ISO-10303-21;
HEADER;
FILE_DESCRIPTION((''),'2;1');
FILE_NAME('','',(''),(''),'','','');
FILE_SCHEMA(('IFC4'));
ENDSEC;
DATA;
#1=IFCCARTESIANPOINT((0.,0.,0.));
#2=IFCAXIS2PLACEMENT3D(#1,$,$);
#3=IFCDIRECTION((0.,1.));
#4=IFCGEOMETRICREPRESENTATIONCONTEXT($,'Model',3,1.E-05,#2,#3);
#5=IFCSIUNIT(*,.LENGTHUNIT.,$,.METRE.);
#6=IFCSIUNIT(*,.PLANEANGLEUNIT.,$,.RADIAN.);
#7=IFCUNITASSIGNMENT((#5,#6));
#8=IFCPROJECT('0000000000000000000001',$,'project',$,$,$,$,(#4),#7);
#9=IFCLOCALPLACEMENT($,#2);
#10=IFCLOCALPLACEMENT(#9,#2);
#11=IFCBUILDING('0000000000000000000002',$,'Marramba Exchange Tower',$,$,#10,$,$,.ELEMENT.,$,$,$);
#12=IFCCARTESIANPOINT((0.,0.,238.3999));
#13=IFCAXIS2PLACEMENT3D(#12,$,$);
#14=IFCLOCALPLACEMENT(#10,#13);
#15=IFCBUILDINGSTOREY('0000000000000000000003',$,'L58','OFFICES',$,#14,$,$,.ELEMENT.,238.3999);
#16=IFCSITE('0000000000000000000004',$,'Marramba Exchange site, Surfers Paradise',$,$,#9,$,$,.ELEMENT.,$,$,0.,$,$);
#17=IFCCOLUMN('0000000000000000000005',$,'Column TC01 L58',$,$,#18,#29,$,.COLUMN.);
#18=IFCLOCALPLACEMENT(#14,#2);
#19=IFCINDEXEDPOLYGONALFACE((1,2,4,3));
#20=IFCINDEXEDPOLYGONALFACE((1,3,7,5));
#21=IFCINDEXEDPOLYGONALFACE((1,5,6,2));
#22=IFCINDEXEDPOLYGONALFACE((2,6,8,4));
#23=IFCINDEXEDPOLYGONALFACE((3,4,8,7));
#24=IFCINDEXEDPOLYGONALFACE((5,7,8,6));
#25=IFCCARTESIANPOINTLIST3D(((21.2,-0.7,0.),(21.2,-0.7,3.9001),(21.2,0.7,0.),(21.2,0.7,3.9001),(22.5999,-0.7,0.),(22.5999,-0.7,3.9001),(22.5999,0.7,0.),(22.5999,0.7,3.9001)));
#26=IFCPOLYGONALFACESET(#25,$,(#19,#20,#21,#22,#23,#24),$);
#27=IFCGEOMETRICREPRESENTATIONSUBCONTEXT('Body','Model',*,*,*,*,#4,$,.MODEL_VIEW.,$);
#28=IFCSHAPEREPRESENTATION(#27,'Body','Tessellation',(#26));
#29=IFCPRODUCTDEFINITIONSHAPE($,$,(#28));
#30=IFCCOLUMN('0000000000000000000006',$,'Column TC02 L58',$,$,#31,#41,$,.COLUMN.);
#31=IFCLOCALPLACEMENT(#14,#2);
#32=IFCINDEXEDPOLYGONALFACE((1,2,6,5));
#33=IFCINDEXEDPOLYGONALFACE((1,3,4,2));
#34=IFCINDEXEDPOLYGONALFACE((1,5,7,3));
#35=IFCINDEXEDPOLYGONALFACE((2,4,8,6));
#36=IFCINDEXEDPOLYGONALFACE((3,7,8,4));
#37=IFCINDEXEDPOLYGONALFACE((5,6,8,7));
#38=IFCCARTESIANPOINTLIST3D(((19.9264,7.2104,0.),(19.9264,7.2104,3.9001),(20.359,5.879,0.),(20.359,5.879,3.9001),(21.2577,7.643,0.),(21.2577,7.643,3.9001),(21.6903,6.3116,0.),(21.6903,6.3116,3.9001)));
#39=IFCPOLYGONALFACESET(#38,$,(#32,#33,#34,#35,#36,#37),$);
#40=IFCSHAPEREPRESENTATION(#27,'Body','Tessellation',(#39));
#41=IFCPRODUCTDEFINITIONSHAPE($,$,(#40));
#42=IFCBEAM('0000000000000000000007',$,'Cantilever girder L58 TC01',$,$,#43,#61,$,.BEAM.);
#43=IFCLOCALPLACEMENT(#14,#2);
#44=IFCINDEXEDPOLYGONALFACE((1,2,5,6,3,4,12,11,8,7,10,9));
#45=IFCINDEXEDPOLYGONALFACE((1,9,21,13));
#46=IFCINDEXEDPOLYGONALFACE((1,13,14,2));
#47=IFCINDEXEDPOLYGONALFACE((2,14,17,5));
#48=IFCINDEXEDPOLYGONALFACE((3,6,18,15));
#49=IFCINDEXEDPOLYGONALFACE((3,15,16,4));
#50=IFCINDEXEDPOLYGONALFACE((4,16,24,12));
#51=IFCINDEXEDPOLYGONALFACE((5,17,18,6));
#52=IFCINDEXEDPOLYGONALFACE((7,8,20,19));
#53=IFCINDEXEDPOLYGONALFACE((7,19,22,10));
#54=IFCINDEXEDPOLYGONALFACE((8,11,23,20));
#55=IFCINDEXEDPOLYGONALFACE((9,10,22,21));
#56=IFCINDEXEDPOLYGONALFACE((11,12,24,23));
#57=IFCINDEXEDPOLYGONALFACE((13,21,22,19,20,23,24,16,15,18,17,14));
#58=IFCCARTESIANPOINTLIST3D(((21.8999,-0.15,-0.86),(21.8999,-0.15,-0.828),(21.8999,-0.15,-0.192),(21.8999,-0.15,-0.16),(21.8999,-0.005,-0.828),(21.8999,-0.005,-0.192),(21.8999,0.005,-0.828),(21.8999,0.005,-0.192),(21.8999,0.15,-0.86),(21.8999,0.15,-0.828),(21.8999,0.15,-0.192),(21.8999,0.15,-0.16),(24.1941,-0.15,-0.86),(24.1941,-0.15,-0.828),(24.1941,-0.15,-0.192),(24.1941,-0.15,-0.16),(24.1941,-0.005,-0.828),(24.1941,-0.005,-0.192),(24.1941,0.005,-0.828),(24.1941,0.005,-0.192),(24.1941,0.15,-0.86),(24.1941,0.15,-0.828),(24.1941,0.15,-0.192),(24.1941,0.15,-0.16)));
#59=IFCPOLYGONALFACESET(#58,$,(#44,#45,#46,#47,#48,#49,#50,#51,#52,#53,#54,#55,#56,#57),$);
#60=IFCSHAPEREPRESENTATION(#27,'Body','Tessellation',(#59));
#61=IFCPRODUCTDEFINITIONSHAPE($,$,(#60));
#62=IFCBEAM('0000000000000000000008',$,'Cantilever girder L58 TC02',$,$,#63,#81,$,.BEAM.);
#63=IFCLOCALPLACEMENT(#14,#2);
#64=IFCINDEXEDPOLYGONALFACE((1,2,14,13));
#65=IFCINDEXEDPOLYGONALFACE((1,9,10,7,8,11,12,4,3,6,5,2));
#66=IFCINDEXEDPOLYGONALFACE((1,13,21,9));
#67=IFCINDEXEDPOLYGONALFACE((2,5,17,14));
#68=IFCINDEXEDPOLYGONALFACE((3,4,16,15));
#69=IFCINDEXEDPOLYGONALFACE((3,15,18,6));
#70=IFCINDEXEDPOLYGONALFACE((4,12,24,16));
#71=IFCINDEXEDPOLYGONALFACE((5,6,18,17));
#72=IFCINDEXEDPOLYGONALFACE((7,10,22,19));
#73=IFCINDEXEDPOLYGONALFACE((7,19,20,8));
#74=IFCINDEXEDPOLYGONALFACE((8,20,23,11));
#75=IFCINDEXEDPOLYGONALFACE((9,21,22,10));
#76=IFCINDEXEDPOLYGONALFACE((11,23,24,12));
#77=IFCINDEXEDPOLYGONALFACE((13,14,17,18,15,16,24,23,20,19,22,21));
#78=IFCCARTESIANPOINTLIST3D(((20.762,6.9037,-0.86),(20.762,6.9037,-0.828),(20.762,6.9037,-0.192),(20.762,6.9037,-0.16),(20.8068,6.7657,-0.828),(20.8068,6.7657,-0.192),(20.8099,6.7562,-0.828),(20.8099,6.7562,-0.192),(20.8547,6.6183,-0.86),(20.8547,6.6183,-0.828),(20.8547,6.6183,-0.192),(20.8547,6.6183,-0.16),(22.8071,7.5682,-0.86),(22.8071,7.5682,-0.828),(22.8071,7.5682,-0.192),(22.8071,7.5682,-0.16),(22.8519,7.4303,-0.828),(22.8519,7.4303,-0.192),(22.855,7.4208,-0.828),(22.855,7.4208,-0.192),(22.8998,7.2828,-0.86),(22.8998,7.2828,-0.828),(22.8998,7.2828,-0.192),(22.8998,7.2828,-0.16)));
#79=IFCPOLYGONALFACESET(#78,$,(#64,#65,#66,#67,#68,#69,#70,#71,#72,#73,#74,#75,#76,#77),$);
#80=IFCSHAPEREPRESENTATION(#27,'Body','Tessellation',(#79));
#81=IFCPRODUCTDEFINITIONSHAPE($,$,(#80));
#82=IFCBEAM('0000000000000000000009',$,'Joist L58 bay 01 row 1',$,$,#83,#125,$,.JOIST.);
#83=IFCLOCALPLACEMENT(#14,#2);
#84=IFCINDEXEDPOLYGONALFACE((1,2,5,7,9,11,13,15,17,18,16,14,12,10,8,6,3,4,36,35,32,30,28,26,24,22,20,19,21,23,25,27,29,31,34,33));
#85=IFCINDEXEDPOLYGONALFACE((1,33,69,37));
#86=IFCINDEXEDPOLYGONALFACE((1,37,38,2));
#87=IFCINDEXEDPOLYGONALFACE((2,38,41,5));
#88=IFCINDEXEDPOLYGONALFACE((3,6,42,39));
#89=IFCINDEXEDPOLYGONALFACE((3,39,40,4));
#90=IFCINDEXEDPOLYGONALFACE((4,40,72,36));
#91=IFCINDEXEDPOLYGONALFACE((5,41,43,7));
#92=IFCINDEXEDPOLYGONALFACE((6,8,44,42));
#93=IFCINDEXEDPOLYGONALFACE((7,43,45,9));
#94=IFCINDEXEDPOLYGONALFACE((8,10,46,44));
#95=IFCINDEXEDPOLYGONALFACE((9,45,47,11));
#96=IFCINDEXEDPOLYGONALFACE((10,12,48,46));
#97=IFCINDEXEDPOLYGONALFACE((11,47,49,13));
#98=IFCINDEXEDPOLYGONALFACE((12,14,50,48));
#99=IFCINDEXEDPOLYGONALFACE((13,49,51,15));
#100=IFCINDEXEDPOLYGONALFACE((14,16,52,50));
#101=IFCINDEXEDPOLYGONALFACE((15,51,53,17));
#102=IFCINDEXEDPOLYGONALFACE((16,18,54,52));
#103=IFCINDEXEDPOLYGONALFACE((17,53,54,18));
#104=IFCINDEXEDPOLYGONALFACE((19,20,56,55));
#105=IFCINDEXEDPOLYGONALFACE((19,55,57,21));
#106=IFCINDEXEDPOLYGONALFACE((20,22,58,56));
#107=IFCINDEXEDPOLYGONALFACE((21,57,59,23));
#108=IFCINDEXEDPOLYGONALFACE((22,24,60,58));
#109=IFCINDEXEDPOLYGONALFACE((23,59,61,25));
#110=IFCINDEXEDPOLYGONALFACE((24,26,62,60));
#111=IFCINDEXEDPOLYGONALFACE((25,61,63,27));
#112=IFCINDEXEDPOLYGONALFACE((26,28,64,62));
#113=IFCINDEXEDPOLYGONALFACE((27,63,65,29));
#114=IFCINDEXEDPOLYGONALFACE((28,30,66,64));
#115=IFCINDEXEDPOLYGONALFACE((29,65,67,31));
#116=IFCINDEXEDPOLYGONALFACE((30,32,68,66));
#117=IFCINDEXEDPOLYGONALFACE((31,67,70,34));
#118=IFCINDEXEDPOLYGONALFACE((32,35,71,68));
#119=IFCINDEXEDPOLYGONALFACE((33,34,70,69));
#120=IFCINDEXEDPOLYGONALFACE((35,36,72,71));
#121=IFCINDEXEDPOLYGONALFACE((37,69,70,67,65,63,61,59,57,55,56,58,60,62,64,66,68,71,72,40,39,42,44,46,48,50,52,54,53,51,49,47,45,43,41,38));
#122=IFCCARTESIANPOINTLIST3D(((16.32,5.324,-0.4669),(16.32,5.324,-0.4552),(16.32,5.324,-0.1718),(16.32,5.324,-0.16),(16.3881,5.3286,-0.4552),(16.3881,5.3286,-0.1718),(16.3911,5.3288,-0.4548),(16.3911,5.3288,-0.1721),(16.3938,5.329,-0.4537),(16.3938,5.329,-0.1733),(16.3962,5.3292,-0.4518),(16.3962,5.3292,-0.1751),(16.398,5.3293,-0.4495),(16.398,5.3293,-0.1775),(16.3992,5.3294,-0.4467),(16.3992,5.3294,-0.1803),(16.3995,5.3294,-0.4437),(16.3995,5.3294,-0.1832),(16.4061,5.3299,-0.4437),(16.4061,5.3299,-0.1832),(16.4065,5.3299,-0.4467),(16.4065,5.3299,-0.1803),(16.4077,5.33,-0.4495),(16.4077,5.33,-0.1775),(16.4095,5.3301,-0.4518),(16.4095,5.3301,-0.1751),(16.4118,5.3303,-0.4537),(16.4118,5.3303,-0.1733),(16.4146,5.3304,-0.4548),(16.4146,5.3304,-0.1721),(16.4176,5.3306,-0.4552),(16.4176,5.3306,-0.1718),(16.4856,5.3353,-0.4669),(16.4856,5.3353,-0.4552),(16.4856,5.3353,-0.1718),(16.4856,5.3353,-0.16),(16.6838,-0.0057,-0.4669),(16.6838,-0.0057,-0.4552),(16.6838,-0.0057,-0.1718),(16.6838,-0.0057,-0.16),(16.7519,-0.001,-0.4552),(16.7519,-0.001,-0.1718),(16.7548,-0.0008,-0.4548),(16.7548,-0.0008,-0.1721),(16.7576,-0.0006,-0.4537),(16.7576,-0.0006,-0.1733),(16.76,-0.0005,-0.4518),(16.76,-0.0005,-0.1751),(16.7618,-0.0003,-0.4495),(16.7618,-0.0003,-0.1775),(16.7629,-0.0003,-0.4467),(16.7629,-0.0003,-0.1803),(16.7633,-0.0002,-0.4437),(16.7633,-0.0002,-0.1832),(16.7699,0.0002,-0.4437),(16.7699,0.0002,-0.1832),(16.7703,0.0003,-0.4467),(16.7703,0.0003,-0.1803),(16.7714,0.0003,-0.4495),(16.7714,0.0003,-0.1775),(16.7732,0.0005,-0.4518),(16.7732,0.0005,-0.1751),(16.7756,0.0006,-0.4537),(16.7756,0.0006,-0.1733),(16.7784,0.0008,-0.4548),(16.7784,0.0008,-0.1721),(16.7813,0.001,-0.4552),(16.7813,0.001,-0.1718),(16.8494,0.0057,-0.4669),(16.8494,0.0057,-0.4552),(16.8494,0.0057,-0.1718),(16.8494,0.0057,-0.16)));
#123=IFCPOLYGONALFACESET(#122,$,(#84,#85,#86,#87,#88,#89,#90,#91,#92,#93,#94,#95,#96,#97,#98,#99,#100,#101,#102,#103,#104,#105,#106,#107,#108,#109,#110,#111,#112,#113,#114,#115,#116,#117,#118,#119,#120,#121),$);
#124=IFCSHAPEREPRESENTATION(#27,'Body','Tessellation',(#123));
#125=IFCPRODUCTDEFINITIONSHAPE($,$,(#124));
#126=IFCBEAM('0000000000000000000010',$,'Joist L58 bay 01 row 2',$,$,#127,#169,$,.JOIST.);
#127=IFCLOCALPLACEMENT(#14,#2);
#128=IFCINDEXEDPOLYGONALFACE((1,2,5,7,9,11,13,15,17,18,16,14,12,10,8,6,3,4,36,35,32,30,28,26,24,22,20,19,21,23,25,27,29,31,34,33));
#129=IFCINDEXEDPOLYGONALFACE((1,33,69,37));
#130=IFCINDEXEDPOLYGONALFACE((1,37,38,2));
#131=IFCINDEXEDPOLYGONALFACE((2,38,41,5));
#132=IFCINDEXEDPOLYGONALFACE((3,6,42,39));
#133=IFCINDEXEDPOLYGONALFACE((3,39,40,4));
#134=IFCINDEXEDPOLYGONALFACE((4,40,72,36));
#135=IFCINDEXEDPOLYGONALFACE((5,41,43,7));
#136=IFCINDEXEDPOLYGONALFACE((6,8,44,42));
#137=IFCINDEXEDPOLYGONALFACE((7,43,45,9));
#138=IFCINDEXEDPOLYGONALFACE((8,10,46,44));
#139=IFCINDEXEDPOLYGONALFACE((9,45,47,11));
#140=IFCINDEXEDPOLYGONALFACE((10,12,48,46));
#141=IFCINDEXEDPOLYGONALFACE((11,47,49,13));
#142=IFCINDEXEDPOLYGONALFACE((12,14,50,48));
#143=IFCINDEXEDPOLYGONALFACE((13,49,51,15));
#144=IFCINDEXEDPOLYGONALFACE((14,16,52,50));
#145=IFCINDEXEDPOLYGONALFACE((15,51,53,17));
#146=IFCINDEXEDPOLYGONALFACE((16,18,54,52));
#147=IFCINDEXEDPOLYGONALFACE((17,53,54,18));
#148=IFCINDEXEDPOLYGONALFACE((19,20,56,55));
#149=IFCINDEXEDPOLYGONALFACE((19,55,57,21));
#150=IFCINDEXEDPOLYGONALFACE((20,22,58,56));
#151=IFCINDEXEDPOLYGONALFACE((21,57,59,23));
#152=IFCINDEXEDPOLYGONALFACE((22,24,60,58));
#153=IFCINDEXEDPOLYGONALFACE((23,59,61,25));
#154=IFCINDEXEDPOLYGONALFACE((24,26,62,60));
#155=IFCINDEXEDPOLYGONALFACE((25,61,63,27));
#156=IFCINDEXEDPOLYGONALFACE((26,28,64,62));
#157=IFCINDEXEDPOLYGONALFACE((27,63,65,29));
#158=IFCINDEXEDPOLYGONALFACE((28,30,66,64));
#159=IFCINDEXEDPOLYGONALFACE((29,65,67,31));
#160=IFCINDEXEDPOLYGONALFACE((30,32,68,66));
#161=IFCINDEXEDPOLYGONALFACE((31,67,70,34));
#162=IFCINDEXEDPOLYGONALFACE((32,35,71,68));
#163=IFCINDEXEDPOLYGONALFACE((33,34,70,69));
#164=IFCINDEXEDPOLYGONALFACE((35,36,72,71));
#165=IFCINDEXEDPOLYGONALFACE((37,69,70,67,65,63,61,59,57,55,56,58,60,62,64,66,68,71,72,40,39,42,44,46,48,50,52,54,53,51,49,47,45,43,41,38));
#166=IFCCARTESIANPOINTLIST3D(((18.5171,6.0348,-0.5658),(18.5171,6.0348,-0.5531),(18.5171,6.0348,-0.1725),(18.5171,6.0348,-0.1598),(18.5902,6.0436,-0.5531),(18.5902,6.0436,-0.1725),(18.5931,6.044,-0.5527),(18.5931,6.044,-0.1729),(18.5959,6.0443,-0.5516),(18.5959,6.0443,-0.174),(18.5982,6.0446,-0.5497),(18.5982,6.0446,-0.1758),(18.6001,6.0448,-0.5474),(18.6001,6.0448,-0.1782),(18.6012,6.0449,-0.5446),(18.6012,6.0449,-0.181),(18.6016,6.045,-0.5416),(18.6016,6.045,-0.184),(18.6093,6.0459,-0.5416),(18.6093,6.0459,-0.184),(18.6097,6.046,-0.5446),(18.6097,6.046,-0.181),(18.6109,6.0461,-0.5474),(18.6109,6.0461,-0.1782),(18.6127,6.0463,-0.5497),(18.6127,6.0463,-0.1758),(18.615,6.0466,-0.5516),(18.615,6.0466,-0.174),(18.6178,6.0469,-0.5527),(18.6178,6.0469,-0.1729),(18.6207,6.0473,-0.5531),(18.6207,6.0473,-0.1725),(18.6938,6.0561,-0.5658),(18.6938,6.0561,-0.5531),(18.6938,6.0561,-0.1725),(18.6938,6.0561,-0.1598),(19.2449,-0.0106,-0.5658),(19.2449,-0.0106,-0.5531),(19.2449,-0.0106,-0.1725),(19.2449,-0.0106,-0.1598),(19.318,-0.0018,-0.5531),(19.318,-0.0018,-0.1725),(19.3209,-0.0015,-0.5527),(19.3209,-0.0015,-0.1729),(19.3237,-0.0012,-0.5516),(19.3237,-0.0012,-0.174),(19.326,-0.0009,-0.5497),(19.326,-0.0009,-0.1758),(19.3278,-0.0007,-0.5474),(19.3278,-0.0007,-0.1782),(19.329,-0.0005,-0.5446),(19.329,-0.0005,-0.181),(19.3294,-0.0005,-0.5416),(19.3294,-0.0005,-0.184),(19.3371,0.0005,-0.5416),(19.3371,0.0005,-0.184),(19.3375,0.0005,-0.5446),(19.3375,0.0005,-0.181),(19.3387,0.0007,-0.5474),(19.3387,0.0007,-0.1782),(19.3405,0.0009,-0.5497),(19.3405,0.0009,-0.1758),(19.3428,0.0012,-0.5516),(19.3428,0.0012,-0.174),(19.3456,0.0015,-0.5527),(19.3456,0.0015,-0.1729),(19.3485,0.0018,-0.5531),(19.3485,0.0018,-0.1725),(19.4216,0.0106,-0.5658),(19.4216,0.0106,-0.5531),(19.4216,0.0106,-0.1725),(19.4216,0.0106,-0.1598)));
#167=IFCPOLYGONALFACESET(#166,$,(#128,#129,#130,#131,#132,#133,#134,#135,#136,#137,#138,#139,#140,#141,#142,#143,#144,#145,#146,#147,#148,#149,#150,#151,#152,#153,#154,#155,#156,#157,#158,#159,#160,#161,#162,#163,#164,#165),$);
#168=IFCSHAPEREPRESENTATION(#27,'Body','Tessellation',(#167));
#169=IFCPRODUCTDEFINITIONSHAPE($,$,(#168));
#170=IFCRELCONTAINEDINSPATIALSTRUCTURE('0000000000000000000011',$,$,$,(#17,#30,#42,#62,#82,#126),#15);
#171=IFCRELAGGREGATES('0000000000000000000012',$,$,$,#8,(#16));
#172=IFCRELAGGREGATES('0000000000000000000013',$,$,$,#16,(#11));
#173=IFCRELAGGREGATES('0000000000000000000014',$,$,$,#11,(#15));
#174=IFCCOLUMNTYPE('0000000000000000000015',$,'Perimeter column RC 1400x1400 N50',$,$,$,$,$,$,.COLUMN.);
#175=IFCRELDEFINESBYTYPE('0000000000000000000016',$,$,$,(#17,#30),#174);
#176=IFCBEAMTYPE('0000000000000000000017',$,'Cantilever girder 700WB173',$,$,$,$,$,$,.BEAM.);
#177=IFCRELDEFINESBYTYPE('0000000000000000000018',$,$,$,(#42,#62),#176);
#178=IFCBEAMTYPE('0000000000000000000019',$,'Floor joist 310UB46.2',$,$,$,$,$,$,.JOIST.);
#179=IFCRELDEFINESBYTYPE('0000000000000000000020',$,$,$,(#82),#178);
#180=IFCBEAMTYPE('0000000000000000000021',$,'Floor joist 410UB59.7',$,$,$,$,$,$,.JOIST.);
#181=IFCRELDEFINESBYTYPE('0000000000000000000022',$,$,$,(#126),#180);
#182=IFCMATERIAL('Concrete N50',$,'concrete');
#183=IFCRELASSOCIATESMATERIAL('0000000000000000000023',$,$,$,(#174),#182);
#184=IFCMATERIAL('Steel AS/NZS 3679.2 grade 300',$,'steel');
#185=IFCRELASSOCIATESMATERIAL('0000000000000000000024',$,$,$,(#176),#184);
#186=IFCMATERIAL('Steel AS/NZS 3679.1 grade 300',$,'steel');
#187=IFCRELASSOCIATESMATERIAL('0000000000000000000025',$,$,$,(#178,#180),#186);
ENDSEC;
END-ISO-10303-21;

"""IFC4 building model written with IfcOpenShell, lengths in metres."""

from ifc_helpers import new_model, si_unit, direction, frame, origin, origin_2d, place, context, subcontext, project, spatial, rectangle, i_section, extrude, material, material_profile, profile_set, type_object, element, save


model = new_model("IFC4")

# Units and contexts
model_context = context("Model", 3, precision=1e-05, world=origin(), true_north=direction((0.0, 1.0)))
body_context = subcontext(model_context, "Body", "Model", "MODEL_VIEW")
ifc_project = project(units=[si_unit("LENGTHUNIT", "METRE"), si_unit("PLANEANGLEUNIT", "RADIAN")], contexts=[model_context])

# Site, building, storey
site_placement = place(None, origin())
site = spatial("IfcSite", under=ifc_project, at=site_placement, Name="Marramba Exchange site, Surfers Paradise", CompositionType="ELEMENT", RefElevation=0.0)
building_placement = place(site_placement, origin())
building = spatial("IfcBuilding", under=site, at=building_placement, Name="Marramba Exchange Tower", CompositionType="ELEMENT")
storey_placement = place(building_placement, frame((0.0, 0.0, 238.3999)))
storey = spatial("IfcBuildingStorey", under=building, at=storey_placement, Name="L58", Description="OFFICES", CompositionType="ELEMENT", Elevation=238.3999)

# Columns
ifc_material_1 = material(Name="Concrete N50", Category="concrete")
ifc_material_profile_1 = material_profile(ifc_material_1, rectangle(XDim=1.3999, YDim=1.3999, at=origin_2d()), Name="RC 1400x1400")
ifc_profile_set_1 = profile_set([ifc_material_profile_1], Name="Concrete N50")
column_type = type_object("IfcColumnType", Name="Perimeter column RC 1400x1400 N50", PredefinedType="COLUMN", material=ifc_profile_set_1)
for number, where, z_axis, x_axis, name in (
    (1, (21.8999, 0.0, 0.0), (0.0, 0.0, 1.0), (1.0, 0.0, 0.0), "Column TC01 L58"),
    (2, (20.8083, 6.761, 0.0), (0.0, 0.0, 1.0), (0.951057, 0.309017, 0.0), "Column TC02 L58"),
):
    element("IfcColumn", number, at=place(storey_placement, frame(where, z_axis=z_axis, x_axis=x_axis)), inside=storey, type_object=column_type, Name=name, PredefinedType="COLUMN", context=body_context, shape_type="SweptSolid", body=[
        extrude(rectangle(XDim=1.3999, YDim=1.3999, at=origin_2d()), origin(), (0.0, 0.0, 1.0), 3.9001),
    ])

# Beams
ifc_material_2 = material(Name="Steel AS/NZS 3679.2 grade 300", Category="steel")
ifc_material_profile_2 = material_profile(ifc_material_2, i_section(OverallWidth=0.3, OverallDepth=0.7, WebThickness=0.01, FlangeThickness=0.032, at=origin_2d()), Name="700WB173")
ifc_profile_set_2 = profile_set([ifc_material_profile_2], Name="Steel AS/NZS 3679.2 grade 300")
beam_type_1 = type_object("IfcBeamType", Name="Cantilever girder 700WB173", PredefinedType="BEAM", material=ifc_profile_set_2)
beam_1_placement = place(storey_placement, frame((21.8999, 0.0, -0.51), z_axis=(1.0, 0.0, 0.0), x_axis=(0.0, 1.0, 0.0)))
element("IfcBeam", 3, at=beam_1_placement, inside=storey, type_object=beam_type_1, Name="Cantilever girder L58 TC01", PredefinedType="BEAM", context=body_context, shape_type="SweptSolid", body=[
    extrude(i_section(OverallWidth=0.3, OverallDepth=0.7, WebThickness=0.01, FlangeThickness=0.032, at=origin_2d()), origin(), (0.0, 0.0, 1.0), 2.2942),
])
beam_2_placement = place(storey_placement, frame((20.8083, 6.761, -0.51), z_axis=(0.951052, 0.309032, 0.0), x_axis=(-0.309032, 0.951052, 0.0)))
element("IfcBeam", 4, at=beam_2_placement, inside=storey, type_object=beam_type_1, Name="Cantilever girder L58 TC02", PredefinedType="BEAM", context=body_context, shape_type="SweptSolid", body=[
    extrude(i_section(OverallWidth=0.3, OverallDepth=0.7, WebThickness=0.01, FlangeThickness=0.032, at=origin_2d()), origin(), (0.0, 0.0, 1.0), 2.1504),
])
ifc_material_3 = material(Name="Steel AS/NZS 3679.1 grade 300", Category="steel")
ifc_material_profile_3 = material_profile(ifc_material_3, i_section(OverallWidth=0.166, OverallDepth=0.3069, WebThickness=0.0066, FlangeThickness=0.0117, FilletRadius=0.0115, at=origin_2d()), Name="310UB46.2")
ifc_profile_set_3 = profile_set([ifc_material_profile_3], Name="Steel AS/NZS 3679.1 grade 300")
beam_type_2 = type_object("IfcBeamType", Name="Floor joist 310UB46.2", PredefinedType="JOIST", material=ifc_profile_set_3)
beam_3_placement = place(storey_placement, frame((16.7666, 0.0, -0.3135), z_axis=(-0.068096, 0.997679, 0.0), x_axis=(-0.997679, -0.068096, 0.0)))
element("IfcBeam", 5, at=beam_3_placement, inside=storey, type_object=beam_type_2, Name="Joist L58 bay 01 row 1", PredefinedType="JOIST", context=body_context, shape_type="SweptSolid", body=[
    extrude(i_section(OverallWidth=0.166, OverallDepth=0.3069, WebThickness=0.0066, FlangeThickness=0.0117, FilletRadius=0.0115, at=origin_2d()), origin(), (0.0, 0.0, 1.0), 5.342),
])
ifc_material_profile_4 = material_profile(ifc_material_3, i_section(OverallWidth=0.178, OverallDepth=0.406, WebThickness=0.0078, FlangeThickness=0.0127, FilletRadius=0.0115, at=origin_2d()), Name="410UB59.7")
ifc_profile_set_4 = profile_set([ifc_material_profile_4], Name="Steel AS/NZS 3679.1 grade 300")
beam_type_3 = type_object("IfcBeamType", Name="Floor joist 410UB59.7", PredefinedType="JOIST", material=ifc_profile_set_4)
beam_4_placement = place(storey_placement, frame((19.3333, 0.0, -0.3628), z_axis=(-0.119523, 0.992831, 0.0), x_axis=(-0.992831, -0.119523, 0.0)))
element("IfcBeam", 6, at=beam_4_placement, inside=storey, type_object=beam_type_3, Name="Joist L58 bay 01 row 2", PredefinedType="JOIST", context=body_context, shape_type="SweptSolid", body=[
    extrude(i_section(OverallWidth=0.178, OverallDepth=0.406, WebThickness=0.0078, FlangeThickness=0.0127, FilletRadius=0.0115, at=origin_2d()), origin(), (0.0, 0.0, 1.0), 6.0891),
])

save(model, "model.ifc")
